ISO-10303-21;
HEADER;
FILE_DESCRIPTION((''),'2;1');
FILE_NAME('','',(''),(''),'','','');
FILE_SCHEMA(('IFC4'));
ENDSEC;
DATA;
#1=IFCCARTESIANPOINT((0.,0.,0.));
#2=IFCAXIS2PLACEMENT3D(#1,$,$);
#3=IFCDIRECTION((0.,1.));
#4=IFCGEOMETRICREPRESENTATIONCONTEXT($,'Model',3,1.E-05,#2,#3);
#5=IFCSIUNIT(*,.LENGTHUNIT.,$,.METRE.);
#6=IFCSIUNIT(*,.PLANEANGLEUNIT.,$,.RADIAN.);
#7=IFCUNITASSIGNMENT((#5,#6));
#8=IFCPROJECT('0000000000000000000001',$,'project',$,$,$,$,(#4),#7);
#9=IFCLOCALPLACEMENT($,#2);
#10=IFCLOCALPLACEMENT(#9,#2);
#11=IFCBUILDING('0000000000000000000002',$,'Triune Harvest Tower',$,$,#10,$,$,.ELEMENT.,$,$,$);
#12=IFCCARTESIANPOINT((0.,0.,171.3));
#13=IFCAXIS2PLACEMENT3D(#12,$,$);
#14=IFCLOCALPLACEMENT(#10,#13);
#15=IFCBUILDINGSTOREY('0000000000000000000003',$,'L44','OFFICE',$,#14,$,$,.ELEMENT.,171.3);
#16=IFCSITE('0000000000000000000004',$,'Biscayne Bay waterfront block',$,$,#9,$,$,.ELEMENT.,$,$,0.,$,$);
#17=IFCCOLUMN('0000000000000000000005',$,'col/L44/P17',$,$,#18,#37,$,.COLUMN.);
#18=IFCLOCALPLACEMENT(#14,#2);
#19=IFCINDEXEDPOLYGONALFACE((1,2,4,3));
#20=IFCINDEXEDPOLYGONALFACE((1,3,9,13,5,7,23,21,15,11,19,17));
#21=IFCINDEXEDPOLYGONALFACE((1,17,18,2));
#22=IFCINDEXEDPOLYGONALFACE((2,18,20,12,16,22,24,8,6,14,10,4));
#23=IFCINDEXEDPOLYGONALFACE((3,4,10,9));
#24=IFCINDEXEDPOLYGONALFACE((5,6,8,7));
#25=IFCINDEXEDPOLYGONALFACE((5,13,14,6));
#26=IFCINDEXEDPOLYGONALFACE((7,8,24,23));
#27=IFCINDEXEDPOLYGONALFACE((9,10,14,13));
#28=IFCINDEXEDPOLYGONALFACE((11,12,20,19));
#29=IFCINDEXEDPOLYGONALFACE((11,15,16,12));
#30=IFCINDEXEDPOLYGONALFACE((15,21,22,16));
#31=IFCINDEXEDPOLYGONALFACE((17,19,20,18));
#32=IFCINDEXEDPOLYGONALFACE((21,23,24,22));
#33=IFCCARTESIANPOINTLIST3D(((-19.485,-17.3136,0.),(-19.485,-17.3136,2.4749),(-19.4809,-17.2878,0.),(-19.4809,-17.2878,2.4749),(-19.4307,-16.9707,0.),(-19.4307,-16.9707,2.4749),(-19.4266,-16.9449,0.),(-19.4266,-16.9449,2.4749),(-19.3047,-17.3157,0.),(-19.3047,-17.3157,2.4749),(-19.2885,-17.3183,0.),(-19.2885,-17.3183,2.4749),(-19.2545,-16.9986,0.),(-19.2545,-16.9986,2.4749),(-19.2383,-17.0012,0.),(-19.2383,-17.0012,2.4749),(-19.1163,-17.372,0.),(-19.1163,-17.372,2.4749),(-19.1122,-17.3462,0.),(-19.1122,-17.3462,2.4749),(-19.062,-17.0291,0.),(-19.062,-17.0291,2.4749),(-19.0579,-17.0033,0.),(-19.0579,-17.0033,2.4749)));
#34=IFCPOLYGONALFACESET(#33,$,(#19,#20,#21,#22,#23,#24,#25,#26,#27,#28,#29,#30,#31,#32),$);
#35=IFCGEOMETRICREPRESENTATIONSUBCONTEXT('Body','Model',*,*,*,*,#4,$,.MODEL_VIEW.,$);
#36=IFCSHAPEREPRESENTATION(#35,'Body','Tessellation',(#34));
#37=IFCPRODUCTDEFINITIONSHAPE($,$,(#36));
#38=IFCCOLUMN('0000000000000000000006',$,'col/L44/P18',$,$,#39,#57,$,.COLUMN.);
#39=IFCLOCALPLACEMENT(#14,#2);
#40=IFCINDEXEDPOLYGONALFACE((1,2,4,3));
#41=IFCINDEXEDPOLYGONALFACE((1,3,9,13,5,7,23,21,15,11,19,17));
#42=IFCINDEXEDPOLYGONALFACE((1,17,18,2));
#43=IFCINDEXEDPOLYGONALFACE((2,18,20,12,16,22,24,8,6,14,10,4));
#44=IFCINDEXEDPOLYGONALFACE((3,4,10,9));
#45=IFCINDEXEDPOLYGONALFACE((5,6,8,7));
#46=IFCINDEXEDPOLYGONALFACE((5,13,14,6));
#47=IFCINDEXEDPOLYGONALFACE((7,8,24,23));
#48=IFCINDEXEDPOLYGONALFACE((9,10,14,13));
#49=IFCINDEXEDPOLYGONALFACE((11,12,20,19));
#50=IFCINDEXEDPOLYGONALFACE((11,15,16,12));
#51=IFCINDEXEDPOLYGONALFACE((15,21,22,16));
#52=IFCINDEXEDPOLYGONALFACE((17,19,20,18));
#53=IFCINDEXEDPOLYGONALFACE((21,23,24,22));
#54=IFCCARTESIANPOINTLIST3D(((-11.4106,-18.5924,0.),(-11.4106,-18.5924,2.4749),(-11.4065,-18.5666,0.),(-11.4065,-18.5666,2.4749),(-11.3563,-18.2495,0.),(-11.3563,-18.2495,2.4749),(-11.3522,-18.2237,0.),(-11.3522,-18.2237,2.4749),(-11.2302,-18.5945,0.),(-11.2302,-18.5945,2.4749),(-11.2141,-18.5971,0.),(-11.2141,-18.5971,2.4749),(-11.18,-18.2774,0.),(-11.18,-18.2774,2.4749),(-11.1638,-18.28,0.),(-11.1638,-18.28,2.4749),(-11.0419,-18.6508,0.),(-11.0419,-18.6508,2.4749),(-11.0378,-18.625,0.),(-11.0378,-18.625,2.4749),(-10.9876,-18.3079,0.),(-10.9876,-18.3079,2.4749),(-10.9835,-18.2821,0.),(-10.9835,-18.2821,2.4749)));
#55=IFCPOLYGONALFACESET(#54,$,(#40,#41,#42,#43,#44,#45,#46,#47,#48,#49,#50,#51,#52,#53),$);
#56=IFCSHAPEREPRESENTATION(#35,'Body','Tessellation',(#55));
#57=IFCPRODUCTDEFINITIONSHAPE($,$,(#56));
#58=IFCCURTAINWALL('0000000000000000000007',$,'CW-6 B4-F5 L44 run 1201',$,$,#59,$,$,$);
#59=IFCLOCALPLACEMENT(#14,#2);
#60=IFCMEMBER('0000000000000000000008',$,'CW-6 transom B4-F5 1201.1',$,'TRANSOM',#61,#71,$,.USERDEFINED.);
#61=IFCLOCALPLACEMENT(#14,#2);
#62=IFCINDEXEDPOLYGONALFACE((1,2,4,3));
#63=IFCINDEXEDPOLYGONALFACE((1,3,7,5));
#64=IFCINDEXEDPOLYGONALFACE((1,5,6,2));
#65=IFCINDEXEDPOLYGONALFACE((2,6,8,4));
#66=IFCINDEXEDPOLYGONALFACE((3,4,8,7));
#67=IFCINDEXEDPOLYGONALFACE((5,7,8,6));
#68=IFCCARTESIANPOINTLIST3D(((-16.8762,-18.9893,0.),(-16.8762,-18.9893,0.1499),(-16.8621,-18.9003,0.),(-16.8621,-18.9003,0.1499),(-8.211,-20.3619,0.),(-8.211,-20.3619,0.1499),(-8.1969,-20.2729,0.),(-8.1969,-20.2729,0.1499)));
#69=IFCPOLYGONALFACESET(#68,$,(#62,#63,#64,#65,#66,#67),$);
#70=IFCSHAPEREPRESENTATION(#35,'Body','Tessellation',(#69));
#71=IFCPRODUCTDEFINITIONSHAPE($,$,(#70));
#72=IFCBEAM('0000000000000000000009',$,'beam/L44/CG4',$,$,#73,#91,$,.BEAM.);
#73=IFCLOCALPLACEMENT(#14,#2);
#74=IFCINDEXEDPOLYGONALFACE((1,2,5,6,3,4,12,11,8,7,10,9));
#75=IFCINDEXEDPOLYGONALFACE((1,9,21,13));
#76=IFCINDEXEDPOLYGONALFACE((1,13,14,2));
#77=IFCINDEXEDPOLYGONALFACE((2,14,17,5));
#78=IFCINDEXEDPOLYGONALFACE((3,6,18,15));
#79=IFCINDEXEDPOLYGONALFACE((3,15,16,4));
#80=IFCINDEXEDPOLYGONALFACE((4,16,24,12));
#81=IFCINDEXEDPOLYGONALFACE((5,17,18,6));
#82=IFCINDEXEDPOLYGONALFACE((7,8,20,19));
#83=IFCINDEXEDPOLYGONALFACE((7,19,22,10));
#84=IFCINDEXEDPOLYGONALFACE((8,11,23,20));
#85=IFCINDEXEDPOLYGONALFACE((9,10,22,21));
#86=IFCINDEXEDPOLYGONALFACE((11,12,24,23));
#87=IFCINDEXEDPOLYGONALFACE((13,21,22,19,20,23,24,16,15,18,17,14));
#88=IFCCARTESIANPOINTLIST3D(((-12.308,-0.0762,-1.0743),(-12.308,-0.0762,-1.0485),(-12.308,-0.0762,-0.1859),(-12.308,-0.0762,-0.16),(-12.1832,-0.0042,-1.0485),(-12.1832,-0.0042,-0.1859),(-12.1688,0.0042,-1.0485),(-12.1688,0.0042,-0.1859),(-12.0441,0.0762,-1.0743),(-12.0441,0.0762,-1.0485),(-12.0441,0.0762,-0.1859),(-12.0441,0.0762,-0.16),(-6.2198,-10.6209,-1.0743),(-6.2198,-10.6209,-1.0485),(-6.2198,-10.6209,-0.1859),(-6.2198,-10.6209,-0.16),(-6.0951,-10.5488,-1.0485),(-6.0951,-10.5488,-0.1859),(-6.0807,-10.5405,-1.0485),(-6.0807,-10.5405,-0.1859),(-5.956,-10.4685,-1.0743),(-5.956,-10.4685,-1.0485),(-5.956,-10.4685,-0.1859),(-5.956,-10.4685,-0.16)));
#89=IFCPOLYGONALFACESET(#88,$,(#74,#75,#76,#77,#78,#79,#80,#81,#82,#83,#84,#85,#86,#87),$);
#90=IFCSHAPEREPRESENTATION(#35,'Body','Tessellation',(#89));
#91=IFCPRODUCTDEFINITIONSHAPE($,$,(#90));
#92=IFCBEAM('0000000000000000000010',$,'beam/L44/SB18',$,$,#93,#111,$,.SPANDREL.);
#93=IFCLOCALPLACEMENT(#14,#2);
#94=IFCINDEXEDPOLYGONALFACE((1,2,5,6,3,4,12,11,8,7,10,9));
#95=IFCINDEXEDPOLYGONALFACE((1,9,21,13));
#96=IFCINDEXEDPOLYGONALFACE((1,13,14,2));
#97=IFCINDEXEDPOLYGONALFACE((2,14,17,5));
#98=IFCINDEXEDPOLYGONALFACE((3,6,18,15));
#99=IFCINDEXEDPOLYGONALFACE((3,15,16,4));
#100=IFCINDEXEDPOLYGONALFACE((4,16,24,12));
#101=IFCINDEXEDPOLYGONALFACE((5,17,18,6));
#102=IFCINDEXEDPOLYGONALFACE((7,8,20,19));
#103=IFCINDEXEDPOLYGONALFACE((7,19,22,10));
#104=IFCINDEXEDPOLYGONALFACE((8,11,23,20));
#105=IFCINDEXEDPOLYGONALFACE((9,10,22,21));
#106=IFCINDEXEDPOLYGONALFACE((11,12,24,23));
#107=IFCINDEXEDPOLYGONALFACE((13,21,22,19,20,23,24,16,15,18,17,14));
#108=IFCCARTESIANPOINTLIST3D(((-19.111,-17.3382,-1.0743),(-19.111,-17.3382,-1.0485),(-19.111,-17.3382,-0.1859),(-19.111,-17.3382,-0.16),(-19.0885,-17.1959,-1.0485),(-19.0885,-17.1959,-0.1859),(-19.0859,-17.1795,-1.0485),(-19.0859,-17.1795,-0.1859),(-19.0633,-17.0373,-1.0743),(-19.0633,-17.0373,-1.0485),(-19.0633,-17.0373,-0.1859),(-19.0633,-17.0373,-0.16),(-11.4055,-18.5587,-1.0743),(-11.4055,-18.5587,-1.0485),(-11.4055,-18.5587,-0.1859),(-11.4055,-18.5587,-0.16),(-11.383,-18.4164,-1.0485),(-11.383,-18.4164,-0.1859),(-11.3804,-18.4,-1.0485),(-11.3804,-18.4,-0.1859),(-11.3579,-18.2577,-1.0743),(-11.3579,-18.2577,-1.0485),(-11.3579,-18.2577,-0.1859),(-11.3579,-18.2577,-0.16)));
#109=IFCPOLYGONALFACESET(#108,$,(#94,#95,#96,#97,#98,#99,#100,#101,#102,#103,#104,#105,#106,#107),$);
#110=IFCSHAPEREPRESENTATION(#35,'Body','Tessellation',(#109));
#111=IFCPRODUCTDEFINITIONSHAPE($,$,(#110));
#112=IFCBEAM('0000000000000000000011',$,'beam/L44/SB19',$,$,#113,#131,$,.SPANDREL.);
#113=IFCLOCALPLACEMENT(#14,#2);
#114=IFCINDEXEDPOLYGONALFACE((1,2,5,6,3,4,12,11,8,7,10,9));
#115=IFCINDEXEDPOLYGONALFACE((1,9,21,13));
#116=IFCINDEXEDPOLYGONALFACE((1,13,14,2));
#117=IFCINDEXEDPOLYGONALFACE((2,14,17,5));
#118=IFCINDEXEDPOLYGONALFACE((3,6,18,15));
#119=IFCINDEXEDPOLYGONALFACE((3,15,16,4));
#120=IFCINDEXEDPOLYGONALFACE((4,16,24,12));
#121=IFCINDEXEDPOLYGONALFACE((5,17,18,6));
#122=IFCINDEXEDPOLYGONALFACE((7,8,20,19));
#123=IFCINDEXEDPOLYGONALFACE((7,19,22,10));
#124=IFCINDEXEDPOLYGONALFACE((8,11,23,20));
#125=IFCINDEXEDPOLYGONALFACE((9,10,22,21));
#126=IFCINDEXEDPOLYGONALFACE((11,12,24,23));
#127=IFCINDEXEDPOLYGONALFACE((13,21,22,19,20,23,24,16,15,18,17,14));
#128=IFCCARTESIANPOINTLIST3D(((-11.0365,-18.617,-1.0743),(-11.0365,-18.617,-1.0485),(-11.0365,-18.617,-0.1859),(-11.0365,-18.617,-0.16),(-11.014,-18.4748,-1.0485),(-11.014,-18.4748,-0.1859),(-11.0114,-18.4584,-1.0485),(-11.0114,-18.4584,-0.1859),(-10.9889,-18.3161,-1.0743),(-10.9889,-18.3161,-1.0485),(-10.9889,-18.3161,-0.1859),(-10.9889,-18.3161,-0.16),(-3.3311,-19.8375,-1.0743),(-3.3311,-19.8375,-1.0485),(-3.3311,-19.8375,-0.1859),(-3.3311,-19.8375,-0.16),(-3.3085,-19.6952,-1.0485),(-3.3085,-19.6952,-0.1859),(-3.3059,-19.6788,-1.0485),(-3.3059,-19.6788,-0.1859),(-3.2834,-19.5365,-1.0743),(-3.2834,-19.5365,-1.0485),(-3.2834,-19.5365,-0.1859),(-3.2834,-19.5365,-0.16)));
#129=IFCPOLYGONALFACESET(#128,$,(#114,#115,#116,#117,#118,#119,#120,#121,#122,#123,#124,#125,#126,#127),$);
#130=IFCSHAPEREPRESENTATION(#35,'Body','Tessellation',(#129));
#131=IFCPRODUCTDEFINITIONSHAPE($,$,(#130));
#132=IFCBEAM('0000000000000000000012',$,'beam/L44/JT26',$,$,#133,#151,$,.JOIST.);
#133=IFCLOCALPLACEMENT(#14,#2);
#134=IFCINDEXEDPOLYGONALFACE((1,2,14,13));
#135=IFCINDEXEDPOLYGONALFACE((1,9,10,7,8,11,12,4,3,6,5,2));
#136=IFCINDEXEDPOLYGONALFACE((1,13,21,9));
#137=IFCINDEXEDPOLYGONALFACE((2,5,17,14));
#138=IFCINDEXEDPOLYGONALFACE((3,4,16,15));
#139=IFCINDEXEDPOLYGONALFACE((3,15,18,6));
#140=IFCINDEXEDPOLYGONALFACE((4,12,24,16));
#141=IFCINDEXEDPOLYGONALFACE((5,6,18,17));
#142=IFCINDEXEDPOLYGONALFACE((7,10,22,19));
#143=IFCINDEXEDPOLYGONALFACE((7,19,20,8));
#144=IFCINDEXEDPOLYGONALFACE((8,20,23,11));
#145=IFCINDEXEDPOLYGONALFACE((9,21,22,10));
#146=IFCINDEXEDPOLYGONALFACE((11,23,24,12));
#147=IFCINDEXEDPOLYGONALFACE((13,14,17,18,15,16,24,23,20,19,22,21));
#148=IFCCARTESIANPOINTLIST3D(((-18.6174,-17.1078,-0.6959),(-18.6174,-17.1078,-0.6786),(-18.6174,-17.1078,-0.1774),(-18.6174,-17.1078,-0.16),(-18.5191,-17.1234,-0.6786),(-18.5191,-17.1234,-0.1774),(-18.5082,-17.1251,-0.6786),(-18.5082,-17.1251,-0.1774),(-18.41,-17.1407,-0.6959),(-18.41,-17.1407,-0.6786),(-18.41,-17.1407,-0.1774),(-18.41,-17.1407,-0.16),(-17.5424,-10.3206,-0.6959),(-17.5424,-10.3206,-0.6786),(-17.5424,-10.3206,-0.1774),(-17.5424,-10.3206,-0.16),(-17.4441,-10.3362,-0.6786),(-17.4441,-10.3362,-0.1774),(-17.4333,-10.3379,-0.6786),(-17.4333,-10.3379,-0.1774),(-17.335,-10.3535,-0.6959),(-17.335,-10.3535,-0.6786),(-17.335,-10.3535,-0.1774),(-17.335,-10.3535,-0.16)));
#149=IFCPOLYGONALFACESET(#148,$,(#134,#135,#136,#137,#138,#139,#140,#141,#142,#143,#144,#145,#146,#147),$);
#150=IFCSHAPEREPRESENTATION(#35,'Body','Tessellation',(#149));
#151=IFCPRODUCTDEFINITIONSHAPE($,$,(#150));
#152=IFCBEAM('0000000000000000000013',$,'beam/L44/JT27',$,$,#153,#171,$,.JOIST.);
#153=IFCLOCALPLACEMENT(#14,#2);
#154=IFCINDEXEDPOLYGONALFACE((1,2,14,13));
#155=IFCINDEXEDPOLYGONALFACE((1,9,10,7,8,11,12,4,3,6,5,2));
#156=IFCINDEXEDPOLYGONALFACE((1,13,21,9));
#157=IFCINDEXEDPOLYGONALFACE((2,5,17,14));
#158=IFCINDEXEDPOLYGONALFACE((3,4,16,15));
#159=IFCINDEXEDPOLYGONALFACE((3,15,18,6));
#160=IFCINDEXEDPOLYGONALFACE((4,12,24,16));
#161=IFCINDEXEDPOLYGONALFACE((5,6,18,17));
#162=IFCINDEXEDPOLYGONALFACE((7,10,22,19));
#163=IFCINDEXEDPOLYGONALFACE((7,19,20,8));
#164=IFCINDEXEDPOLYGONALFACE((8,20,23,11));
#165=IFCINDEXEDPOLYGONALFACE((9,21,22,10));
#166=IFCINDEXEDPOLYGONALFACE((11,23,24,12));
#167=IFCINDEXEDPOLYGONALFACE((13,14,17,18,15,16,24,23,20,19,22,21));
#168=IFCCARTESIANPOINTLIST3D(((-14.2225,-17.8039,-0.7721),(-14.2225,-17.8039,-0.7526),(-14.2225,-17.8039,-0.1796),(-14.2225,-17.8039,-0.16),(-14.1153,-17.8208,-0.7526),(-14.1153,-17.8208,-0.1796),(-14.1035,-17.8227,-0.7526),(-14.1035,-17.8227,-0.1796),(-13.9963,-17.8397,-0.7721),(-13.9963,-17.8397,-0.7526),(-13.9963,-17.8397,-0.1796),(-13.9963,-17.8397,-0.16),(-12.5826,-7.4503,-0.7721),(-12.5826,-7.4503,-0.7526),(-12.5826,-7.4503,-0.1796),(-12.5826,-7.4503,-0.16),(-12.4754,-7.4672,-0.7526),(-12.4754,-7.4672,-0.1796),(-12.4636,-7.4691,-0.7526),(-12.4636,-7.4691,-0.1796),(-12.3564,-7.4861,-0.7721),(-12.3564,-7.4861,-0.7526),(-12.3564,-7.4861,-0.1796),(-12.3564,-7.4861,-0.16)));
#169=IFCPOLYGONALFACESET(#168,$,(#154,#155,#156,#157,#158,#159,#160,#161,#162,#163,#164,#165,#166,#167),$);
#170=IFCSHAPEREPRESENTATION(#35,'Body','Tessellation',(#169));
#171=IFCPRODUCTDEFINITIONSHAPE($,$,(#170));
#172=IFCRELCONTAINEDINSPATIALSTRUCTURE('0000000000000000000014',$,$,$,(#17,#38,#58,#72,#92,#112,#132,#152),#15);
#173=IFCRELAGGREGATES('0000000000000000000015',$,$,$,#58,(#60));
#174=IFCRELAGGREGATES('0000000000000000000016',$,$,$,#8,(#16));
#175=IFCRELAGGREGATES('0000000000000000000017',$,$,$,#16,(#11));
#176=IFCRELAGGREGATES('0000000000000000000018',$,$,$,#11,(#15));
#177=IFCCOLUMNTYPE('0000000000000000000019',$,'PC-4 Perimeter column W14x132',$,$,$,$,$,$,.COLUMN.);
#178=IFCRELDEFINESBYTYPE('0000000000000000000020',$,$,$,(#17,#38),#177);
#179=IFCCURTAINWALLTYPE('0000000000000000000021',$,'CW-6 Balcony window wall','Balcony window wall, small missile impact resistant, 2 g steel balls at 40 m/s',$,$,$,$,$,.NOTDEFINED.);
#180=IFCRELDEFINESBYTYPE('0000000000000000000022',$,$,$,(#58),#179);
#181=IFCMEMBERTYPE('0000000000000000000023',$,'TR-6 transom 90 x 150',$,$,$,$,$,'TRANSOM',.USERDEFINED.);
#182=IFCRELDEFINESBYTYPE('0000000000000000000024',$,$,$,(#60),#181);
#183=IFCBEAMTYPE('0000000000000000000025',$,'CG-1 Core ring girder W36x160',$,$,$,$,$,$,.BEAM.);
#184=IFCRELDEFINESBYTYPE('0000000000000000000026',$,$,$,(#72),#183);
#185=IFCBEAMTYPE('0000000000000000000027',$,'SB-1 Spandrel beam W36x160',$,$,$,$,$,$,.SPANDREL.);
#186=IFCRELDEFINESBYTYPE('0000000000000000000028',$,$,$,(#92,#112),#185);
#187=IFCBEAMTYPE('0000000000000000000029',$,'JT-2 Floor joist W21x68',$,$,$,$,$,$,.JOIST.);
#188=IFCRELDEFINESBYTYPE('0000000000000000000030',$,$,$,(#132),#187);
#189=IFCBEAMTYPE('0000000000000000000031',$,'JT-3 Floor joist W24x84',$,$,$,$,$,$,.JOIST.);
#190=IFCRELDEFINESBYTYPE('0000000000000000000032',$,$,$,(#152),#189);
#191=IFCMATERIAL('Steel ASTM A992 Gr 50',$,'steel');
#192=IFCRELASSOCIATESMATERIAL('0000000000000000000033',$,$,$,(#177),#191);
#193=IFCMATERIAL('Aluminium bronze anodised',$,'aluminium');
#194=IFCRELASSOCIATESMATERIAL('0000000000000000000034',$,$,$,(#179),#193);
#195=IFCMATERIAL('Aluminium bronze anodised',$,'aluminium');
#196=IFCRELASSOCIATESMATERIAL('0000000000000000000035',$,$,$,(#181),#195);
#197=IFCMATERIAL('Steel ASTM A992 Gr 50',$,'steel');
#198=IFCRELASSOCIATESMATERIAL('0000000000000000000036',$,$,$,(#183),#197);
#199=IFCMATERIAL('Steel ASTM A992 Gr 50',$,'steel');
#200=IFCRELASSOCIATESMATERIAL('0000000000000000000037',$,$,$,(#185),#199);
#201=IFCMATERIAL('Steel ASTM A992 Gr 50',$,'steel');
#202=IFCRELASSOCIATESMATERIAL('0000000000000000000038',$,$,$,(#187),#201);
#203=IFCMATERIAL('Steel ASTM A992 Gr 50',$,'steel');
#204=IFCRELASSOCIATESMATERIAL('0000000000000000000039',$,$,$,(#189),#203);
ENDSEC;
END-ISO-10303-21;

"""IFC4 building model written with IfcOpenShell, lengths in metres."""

from ifc_helpers import new_model, si_unit, direction, frame, origin, origin_2d, place, context, subcontext, project, spatial, rectangle, i_section, extrude, source, transform, mapped, material, material_profile, profile_set, type_object, element, aggregate, save


model = new_model("IFC4")

# Units and contexts
model_context = context("Model", 3, precision=1e-05, world=origin(), true_north=direction((0.0, 1.0)))
body_context = subcontext(model_context, "Body", "Model", "MODEL_VIEW")
ifc_project = project(units=[si_unit("LENGTHUNIT", "METRE"), si_unit("PLANEANGLEUNIT", "RADIAN")], contexts=[model_context])

# Site, building, storey
site_placement = place(None, origin())
site = spatial("IfcSite", under=ifc_project, at=site_placement, Name="Biscayne Bay waterfront block", CompositionType="ELEMENT", RefElevation=0.0)
building_placement = place(site_placement, origin())
building = spatial("IfcBuilding", under=site, at=building_placement, Name="Triune Harvest Tower", CompositionType="ELEMENT")
storey_placement = place(building_placement, frame((0.0, 0.0, 171.3)))
storey = spatial("IfcBuildingStorey", under=building, at=storey_placement, Name="L44", Description="OFFICE", CompositionType="ELEMENT", Elevation=171.3)

# Columns
ifc_material_1 = material(Name="Steel ASTM A992 Gr 50", Category="steel")
ifc_material_profile_1 = material_profile(ifc_material_1, i_section(OverallWidth=0.3733, OverallDepth=0.3733, WebThickness=0.0164, FlangeThickness=0.0261, at=origin_2d()), Name="W14x132")
ifc_profile_set_1 = profile_set([ifc_material_profile_1], Name="Steel ASTM A992 Gr 50")
column_type = type_object("IfcColumnType", Name="PC-4 Perimeter column W14x132", PredefinedType="COLUMN", material=ifc_profile_set_1)
shared_shape_1 = source(origin(), body_context, "Body", "SweptSolid", [
    extrude(i_section(OverallWidth=0.3733, OverallDepth=0.3733, WebThickness=0.0164, FlangeThickness=0.0261, at=origin_2d()), origin(), (0.0, 0.0, 1.0), 2.4749),
])
for number, where, z_axis, x_axis, name in (
    (1, (-19.2715, -17.1584, 0.0), (0.0, 0.0, 1.0), (0.987688, -0.156434, 0.0), "col/L44/P17"),
    (2, (-11.197, -18.4373, 0.0), (0.0, 0.0, 1.0), (0.987688, -0.156434, 0.0), "col/L44/P18"),
):
    element("IfcColumn", number, at=place(storey_placement, frame(where, z_axis=z_axis, x_axis=x_axis)), inside=storey, type_object=column_type, Name=name, PredefinedType="COLUMN", context=body_context, shape_type="MappedRepresentation", body=[
        mapped(shared_shape_1, transform((0.0, 0.0, 0.0), scale=1.0)),
    ])

# Curtain wall, member
ifc_material_2 = material(Name="Aluminium bronze anodised", Category="aluminium")
curtain_wall_type_1 = type_object("IfcCurtainWallType", Name="CW-6 Balcony window wall", Description="Balcony window wall, small missile impact resistant, 2 g steel balls at 40 m/s", PredefinedType="NOTDEFINED", material=ifc_material_2)
curtain_wall_1_placement = place(storey_placement, origin())
curtain_wall_1 = element("IfcCurtainWall", 3, at=curtain_wall_1_placement, inside=storey, type_object=curtain_wall_type_1, Name="CW-6 B4-F5 L44 run 1201")
ifc_material_3 = material(Name="Aluminium bronze anodised", Category="aluminium")
ifc_material_profile_2 = material_profile(ifc_material_3, rectangle(XDim=0.0901, YDim=0.1499, at=origin_2d()), Name="TR-6 transom 90 x 150")
ifc_profile_set_2 = profile_set([ifc_material_profile_2], Name="Aluminium bronze anodised")
member_type_1 = type_object("IfcMemberType", Name="TR-6 transom 90 x 150", ElementType="TRANSOM", PredefinedType="USERDEFINED", material=ifc_profile_set_2)
member_1_placement = place(storey_placement, frame((-16.8691, -18.9448, 0.075), z_axis=(0.987686, -0.156447, 0.0), x_axis=(0.156447, 0.987686, 0.0)))
member_1 = element("IfcMember", 4, at=member_1_placement, type_object=member_type_1, Name="CW-6 transom B4-F5 1201.1", ObjectType="TRANSOM", PredefinedType="USERDEFINED", context=body_context, shape_type="SweptSolid", body=[
    extrude(rectangle(XDim=0.0901, YDim=0.1499, at=origin_2d()), origin(), (0.0, 0.0, 1.0), 8.7732),
])

# Beams
ifc_material_4 = material(Name="Steel ASTM A992 Gr 50", Category="steel")
ifc_material_profile_3 = material_profile(ifc_material_4, i_section(OverallWidth=0.3047, OverallDepth=0.9143, WebThickness=0.0166, FlangeThickness=0.0259, at=origin_2d()), Name="W36x160")
ifc_profile_set_3 = profile_set([ifc_material_profile_3], Name="Steel ASTM A992 Gr 50")
beam_type_1 = type_object("IfcBeamType", Name="CG-1 Core ring girder W36x160", PredefinedType="BEAM", material=ifc_profile_set_3)
shared_shape_2 = source(origin(), body_context, "Body", "SweptSolid", [
    extrude(i_section(OverallWidth=0.3047, OverallDepth=0.9143, WebThickness=0.0166, FlangeThickness=0.0259, at=origin_2d()), origin(), (0.0, 0.0, 1.0), 12.176),
])
beam_1_placement = place(storey_placement, frame((-12.176, 0.0, -0.6172), z_axis=(0.50001, -0.86602, 0.0), x_axis=(0.86602, 0.50001, 0.0)))
element("IfcBeam", 5, at=beam_1_placement, inside=storey, type_object=beam_type_1, Name="beam/L44/CG4", PredefinedType="BEAM", context=body_context, shape_type="MappedRepresentation", body=[
    mapped(shared_shape_2, transform((0.0, 0.0, 0.0), scale=1.0)),
])
ifc_material_5 = material(Name="Steel ASTM A992 Gr 50", Category="steel")
ifc_material_profile_4 = material_profile(ifc_material_5, i_section(OverallWidth=0.3047, OverallDepth=0.9143, WebThickness=0.0166, FlangeThickness=0.0259, at=origin_2d()), Name="W36x160")
ifc_profile_set_4 = profile_set([ifc_material_profile_4], Name="Steel ASTM A992 Gr 50")
beam_type_2 = type_object("IfcBeamType", Name="SB-1 Spandrel beam W36x160", PredefinedType="SPANDREL", material=ifc_profile_set_4)
shared_shape_3 = source(origin(), body_context, "Body", "SweptSolid", [
    extrude(i_section(OverallWidth=0.3047, OverallDepth=0.9143, WebThickness=0.0166, FlangeThickness=0.0259, at=origin_2d()), origin(), (0.0, 0.0, 1.0), 7.8015),
])
for number, where, z_axis, x_axis, name in (
    (6, (-19.0872, -17.1877, -0.6172), (0.987688, -0.156437, 0.0), (0.156437, 0.987688, 0.0), "beam/L44/SB18"),
    (7, (-11.0127, -18.4666, -0.6172), (0.987688, -0.156437, 0.0), (0.156437, 0.987688, 0.0), "beam/L44/SB19"),
):
    element("IfcBeam", number, at=place(storey_placement, frame(where, z_axis=z_axis, x_axis=x_axis)), inside=storey, type_object=beam_type_2, Name=name, PredefinedType="SPANDREL", context=body_context, shape_type="MappedRepresentation", body=[
        mapped(shared_shape_3, transform((0.0, 0.0, 0.0), scale=1.0)),
    ])
ifc_material_6 = material(Name="Steel ASTM A992 Gr 50", Category="steel")
ifc_material_profile_5 = material_profile(ifc_material_6, i_section(OverallWidth=0.21, OverallDepth=0.5359, WebThickness=0.011, FlangeThickness=0.0173, at=origin_2d()), Name="W21x68")
ifc_profile_set_5 = profile_set([ifc_material_profile_5], Name="Steel ASTM A992 Gr 50")
beam_type_3 = type_object("IfcBeamType", Name="JT-2 Floor joist W21x68", PredefinedType="JOIST", material=ifc_profile_set_5)
shared_shape_4 = source(origin(), body_context, "Body", "SweptSolid", [
    extrude(i_section(OverallWidth=0.21, OverallDepth=0.5359, WebThickness=0.011, FlangeThickness=0.0173, at=origin_2d()), origin(), (0.0, 0.0, 1.0), 6.8718),
])
beam_2_placement = place(storey_placement, frame((-18.5137, -17.1243, -0.428), z_axis=(0.156431, 0.987689, 0.0), x_axis=(-0.987689, 0.156431, 0.0)))
element("IfcBeam", 8, at=beam_2_placement, inside=storey, type_object=beam_type_3, Name="beam/L44/JT26", PredefinedType="JOIST", context=body_context, shape_type="MappedRepresentation", body=[
    mapped(shared_shape_4, transform((0.0, 0.0, 0.0), scale=1.0)),
])
ifc_material_7 = material(Name="Steel ASTM A992 Gr 50", Category="steel")
ifc_material_profile_6 = material_profile(ifc_material_7, i_section(OverallWidth=0.229, OverallDepth=0.6121, WebThickness=0.012, FlangeThickness=0.0195, at=origin_2d()), Name="W24x84")
ifc_profile_set_6 = profile_set([ifc_material_profile_6], Name="Steel ASTM A992 Gr 50")
beam_type_4 = type_object("IfcBeamType", Name="JT-3 Floor joist W24x84", PredefinedType="JOIST", material=ifc_profile_set_6)
shared_shape_5 = source(origin(), body_context, "Body", "SweptSolid", [
    extrude(i_section(OverallWidth=0.229, OverallDepth=0.6121, WebThickness=0.012, FlangeThickness=0.0195, at=origin_2d()), origin(), (0.0, 0.0, 1.0), 10.4827),
])
beam_3_placement = place(storey_placement, frame((-14.1094, -17.8218, -0.4661), z_axis=(0.15644, 0.987688, 0.0), x_axis=(-0.987688, 0.15644, 0.0)))
element("IfcBeam", 9, at=beam_3_placement, inside=storey, type_object=beam_type_4, Name="beam/L44/JT27", PredefinedType="JOIST", context=body_context, shape_type="MappedRepresentation", body=[
    mapped(shared_shape_5, transform((0.0, 0.0, 0.0), scale=1.0)),
])

aggregate(curtain_wall_1, [member_1])

save(model, "model.ifc")
